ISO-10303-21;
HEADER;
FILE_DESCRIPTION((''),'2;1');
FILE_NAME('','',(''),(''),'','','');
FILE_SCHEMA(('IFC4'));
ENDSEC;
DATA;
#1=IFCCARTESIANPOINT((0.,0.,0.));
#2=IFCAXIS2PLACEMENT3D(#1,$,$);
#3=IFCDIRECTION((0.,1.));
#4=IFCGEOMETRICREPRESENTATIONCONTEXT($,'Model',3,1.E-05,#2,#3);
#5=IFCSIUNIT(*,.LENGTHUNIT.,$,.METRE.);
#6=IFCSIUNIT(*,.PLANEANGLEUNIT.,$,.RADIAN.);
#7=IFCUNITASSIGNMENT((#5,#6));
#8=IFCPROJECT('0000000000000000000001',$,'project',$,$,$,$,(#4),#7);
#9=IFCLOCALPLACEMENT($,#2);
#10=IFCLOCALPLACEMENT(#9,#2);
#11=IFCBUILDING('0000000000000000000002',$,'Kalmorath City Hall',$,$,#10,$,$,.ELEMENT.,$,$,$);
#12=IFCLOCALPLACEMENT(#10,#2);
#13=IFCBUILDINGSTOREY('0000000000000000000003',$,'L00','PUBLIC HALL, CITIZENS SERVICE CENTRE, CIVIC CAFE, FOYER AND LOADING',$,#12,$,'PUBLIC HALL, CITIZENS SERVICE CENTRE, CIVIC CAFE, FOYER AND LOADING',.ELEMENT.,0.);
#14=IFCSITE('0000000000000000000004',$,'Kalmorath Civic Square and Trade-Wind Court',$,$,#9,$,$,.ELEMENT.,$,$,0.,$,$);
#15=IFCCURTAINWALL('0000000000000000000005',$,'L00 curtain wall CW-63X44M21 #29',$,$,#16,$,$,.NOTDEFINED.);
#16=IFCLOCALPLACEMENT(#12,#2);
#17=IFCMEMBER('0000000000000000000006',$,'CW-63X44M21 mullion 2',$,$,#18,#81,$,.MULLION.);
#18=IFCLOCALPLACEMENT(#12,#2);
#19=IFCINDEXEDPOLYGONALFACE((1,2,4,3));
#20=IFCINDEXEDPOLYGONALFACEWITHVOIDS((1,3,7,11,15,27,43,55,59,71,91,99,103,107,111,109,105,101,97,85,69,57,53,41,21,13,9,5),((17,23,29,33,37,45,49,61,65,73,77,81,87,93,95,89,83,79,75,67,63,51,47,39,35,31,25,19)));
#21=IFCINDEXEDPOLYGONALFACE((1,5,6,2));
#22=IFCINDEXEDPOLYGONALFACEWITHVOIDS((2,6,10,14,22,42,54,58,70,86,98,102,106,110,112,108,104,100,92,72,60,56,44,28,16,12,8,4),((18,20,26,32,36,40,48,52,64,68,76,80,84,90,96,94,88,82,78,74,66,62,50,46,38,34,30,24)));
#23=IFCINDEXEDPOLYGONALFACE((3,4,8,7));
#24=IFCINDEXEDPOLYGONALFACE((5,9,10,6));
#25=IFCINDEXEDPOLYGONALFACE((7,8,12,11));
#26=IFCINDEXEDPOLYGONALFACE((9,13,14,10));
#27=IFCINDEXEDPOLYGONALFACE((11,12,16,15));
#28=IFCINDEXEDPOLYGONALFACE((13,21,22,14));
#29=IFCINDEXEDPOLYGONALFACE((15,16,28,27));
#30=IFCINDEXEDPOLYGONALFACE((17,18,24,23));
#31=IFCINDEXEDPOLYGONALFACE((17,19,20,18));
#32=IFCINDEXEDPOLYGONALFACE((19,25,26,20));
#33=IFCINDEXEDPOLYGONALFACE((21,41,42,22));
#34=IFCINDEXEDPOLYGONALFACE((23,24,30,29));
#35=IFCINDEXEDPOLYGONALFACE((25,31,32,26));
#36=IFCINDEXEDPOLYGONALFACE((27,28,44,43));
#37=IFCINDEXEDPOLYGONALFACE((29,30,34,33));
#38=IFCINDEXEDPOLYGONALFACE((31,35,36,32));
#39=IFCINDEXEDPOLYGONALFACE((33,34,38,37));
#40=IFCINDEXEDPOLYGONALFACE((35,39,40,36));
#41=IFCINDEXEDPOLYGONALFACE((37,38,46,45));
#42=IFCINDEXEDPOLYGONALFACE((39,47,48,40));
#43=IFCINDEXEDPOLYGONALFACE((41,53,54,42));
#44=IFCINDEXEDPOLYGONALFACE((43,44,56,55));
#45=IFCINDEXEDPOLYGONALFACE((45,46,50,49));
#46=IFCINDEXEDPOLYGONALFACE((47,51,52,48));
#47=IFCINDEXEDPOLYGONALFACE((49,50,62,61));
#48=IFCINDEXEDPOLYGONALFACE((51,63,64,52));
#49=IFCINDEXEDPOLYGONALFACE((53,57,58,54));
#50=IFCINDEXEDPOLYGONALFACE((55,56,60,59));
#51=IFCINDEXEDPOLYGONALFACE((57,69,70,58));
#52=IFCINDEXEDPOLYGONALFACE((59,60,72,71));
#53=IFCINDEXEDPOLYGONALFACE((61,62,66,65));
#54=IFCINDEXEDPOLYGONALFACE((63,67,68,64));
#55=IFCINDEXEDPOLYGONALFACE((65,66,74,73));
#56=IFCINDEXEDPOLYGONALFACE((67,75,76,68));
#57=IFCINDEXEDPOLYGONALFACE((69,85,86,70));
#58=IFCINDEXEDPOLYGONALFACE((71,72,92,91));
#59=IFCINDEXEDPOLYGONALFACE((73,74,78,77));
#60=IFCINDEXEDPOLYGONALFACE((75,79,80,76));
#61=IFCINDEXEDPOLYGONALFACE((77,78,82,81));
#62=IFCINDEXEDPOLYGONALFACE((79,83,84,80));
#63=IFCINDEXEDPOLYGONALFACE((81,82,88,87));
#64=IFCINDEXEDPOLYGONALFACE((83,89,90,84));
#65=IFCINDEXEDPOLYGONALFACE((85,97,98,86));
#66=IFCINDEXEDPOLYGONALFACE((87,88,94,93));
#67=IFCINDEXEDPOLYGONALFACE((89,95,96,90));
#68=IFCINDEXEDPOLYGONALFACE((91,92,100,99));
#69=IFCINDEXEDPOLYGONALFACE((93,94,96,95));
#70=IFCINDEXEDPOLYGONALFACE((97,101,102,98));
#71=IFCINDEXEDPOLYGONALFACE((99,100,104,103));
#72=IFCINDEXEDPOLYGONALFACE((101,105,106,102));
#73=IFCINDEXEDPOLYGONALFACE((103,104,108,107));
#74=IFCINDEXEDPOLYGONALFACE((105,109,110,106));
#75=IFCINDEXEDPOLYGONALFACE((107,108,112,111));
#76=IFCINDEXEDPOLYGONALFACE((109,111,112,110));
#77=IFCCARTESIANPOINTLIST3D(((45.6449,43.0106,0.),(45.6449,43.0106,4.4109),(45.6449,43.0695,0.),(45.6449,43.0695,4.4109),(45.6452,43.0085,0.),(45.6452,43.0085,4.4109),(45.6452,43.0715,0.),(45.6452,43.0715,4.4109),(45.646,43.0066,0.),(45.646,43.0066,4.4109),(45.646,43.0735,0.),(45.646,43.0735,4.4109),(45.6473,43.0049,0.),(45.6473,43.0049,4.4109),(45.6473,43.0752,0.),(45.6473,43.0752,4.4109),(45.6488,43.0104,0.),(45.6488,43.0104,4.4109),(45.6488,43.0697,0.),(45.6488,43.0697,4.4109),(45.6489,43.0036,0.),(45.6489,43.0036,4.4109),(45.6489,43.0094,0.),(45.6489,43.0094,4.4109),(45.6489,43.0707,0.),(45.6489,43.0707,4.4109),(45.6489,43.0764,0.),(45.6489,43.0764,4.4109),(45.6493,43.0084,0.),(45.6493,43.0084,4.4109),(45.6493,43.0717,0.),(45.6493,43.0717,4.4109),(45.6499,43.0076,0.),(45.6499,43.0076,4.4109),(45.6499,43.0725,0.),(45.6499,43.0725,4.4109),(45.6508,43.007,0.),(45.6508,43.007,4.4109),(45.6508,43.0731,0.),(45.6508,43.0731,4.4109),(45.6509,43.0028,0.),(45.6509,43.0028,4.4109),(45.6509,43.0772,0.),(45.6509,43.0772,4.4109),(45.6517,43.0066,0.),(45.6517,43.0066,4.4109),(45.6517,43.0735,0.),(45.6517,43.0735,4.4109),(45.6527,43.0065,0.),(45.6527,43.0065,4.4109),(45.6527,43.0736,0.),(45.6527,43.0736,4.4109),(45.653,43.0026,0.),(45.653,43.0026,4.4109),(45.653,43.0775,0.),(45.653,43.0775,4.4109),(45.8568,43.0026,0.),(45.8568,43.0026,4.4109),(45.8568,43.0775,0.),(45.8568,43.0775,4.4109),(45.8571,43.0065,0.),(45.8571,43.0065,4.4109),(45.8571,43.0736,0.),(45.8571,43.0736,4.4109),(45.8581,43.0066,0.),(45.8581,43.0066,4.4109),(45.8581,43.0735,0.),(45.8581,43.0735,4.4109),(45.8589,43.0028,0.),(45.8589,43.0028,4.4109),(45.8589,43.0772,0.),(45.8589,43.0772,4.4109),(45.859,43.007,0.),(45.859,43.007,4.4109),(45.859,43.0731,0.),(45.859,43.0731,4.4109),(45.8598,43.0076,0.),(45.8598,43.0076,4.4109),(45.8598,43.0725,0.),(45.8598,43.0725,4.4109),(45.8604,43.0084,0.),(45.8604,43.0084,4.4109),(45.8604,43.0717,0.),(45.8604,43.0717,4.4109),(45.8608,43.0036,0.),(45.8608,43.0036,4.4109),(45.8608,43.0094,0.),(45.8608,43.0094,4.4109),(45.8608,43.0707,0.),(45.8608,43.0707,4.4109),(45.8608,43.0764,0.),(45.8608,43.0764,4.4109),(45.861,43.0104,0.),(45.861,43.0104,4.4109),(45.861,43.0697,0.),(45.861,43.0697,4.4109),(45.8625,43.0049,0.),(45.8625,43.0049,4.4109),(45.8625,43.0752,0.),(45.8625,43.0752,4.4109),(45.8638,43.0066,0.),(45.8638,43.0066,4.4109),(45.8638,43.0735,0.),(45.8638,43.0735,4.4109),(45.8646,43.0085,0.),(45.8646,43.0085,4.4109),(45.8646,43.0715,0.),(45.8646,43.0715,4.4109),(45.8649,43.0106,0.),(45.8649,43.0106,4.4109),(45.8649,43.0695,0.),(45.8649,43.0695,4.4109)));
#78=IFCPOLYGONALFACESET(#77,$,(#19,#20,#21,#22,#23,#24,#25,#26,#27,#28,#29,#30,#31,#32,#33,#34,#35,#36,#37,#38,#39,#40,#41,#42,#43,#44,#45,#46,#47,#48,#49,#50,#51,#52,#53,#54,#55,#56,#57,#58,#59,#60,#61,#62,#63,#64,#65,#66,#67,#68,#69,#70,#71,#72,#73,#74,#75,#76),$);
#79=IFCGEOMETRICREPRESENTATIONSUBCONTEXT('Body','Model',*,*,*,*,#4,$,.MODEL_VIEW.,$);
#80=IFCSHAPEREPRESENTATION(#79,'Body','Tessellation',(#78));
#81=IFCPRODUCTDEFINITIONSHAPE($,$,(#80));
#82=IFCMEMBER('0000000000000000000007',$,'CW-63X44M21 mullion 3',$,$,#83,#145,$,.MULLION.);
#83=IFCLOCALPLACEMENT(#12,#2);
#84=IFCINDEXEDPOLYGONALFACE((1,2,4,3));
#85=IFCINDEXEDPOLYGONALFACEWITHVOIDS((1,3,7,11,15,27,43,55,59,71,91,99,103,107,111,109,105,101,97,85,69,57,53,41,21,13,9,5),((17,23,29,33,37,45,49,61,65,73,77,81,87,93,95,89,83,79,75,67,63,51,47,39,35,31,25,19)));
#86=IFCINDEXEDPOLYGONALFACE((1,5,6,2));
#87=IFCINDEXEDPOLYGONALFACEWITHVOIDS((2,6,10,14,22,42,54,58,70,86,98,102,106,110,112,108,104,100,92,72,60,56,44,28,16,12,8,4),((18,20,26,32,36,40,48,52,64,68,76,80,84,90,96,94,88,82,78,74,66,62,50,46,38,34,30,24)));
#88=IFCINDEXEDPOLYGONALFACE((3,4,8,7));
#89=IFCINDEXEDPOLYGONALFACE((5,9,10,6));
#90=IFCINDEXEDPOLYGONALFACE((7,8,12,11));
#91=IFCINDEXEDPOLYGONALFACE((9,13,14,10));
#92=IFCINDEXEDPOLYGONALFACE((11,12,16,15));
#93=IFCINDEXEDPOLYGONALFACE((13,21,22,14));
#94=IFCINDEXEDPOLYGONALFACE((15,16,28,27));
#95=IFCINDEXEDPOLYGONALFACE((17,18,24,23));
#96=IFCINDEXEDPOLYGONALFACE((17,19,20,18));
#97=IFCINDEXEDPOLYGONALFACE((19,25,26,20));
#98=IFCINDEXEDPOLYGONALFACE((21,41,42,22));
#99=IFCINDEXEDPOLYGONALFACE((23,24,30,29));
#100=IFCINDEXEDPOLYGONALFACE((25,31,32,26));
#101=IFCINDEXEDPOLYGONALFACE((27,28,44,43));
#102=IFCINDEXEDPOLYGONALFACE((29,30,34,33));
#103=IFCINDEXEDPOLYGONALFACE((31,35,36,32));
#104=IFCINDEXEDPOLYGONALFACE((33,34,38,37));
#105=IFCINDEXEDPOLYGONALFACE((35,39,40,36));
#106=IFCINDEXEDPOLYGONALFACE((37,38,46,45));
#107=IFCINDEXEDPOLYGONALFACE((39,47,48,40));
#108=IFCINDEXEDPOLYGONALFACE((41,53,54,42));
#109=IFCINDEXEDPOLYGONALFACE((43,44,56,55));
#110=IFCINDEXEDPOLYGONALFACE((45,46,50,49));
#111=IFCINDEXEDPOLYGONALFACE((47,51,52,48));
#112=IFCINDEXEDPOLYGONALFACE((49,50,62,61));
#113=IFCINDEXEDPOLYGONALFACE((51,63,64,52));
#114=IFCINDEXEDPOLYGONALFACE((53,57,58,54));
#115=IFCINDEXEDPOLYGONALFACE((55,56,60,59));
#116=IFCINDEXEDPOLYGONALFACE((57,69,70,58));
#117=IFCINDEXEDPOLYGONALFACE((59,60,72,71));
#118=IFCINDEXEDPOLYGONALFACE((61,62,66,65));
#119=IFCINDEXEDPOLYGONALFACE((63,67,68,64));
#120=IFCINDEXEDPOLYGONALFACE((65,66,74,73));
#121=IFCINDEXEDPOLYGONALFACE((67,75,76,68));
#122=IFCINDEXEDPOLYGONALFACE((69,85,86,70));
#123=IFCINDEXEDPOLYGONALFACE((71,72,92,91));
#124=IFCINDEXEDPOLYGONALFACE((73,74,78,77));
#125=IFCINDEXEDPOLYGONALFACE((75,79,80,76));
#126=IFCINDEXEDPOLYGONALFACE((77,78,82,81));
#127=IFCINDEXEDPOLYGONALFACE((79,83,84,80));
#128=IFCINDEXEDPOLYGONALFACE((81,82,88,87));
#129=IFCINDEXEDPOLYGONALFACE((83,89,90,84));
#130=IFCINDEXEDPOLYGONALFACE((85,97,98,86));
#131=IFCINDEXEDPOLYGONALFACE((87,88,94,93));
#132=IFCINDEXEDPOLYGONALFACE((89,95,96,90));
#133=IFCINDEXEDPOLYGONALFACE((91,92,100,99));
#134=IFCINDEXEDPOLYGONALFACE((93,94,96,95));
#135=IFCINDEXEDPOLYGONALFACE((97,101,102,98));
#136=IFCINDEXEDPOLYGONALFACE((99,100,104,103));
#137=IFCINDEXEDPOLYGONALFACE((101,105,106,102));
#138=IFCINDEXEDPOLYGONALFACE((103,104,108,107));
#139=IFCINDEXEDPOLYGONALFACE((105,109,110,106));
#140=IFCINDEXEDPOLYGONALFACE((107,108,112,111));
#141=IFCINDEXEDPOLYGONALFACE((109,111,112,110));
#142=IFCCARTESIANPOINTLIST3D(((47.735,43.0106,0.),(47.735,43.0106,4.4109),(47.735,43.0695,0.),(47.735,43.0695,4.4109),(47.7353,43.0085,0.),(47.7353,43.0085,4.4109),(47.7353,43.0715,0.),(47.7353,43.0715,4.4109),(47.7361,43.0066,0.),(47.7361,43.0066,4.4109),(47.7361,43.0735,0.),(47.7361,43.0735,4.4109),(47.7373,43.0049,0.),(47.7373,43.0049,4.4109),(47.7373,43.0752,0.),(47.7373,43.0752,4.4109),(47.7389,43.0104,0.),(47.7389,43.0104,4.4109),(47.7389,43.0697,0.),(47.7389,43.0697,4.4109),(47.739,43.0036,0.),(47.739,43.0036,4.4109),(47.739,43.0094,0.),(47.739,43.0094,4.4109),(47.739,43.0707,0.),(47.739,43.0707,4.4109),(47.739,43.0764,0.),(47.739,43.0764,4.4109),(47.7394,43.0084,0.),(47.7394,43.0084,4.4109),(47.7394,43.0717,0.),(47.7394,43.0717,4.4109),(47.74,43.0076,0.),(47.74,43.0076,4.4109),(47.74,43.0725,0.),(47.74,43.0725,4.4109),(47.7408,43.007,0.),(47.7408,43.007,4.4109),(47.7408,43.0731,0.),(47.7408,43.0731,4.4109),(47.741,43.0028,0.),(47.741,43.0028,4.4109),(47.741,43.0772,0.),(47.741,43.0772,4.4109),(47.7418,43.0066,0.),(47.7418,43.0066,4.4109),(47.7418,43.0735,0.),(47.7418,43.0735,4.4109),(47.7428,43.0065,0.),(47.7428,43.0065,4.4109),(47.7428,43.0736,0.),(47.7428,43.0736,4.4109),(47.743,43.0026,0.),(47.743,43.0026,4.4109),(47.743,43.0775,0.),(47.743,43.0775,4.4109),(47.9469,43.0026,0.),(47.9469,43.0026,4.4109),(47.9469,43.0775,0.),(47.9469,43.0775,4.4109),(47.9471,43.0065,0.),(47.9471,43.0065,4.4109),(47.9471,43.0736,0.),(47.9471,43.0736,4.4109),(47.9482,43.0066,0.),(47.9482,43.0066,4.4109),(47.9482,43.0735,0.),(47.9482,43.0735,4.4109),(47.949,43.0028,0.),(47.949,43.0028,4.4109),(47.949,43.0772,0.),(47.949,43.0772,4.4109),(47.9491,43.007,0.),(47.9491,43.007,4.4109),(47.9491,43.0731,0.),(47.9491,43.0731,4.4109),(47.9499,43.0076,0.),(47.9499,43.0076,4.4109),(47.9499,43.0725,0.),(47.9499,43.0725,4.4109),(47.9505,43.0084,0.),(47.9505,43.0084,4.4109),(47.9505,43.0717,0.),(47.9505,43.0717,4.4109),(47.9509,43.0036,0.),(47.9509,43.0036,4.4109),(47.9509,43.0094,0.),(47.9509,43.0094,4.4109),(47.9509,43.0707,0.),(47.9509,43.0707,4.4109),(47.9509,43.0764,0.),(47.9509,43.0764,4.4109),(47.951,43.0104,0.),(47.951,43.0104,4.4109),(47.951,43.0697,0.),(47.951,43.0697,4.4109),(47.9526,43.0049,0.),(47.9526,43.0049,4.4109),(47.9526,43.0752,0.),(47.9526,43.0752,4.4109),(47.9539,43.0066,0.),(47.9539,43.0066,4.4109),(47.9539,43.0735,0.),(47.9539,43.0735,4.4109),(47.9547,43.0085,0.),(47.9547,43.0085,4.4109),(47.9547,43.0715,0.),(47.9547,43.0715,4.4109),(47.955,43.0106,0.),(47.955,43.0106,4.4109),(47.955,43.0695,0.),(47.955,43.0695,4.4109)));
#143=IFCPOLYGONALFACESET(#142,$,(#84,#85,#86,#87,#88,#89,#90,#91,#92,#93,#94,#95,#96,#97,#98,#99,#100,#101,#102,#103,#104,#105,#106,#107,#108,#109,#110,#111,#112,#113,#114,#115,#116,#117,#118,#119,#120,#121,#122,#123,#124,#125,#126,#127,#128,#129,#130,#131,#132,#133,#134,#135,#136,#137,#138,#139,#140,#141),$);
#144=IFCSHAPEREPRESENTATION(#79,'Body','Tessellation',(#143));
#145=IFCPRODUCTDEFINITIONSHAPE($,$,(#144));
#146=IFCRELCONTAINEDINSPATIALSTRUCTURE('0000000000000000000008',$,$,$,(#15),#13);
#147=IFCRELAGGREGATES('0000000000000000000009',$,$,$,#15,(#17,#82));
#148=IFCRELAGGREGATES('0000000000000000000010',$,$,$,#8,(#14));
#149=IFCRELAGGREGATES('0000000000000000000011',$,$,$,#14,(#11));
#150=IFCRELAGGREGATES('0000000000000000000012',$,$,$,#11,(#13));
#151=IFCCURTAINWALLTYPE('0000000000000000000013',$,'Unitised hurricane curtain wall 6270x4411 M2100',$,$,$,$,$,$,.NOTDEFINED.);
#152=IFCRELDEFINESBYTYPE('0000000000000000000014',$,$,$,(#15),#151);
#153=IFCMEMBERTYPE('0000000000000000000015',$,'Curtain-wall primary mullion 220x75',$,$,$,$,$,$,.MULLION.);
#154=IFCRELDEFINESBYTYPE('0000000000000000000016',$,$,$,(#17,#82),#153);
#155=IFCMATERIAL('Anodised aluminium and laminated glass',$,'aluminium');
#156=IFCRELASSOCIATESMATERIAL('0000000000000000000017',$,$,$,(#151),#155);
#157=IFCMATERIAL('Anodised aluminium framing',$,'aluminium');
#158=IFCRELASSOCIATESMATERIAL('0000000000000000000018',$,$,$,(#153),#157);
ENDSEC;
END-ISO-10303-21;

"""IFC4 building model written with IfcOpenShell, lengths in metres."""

from ifc_helpers import new_model, si_unit, direction, frame, origin, origin_2d, place, context, subcontext, project, spatial, hollow_rectangle, extrude, material, material_profile, profile_set, type_object, element, aggregate, save


model = new_model("IFC4")

# Units and contexts
model_context = context("Model", 3, precision=1e-05, world=origin(), true_north=direction((0.0, 1.0)))
body_context = subcontext(model_context, "Body", "Model", "MODEL_VIEW")
ifc_project = project(units=[si_unit("LENGTHUNIT", "METRE"), si_unit("PLANEANGLEUNIT", "RADIAN")], contexts=[model_context])

# Site, building, storey
site_placement = place(None, origin())
site = spatial("IfcSite", under=ifc_project, at=site_placement, Name="Kalmorath Civic Square and Trade-Wind Court", CompositionType="ELEMENT", RefElevation=0.0)
building_placement = place(site_placement, origin())
building = spatial("IfcBuilding", under=site, at=building_placement, Name="Kalmorath City Hall", CompositionType="ELEMENT")
storey_placement = place(building_placement, origin())
storey = spatial("IfcBuildingStorey", under=building, at=storey_placement, Name="L00", Description="PUBLIC HALL, CITIZENS SERVICE CENTRE, CIVIC CAFE, FOYER AND LOADING", LongName="PUBLIC HALL, CITIZENS SERVICE CENTRE, CIVIC CAFE, FOYER AND LOADING", CompositionType="ELEMENT", Elevation=0.0)

# Curtain wall, members
ifc_material_1 = material(Name="Anodised aluminium and laminated glass", Category="aluminium")
curtain_wall_type_1 = type_object("IfcCurtainWallType", Name="Unitised hurricane curtain wall 6270x4411 M2100", PredefinedType="NOTDEFINED", material=ifc_material_1)
curtain_wall_1_placement = place(storey_placement, origin())
curtain_wall_1 = element("IfcCurtainWall", 1, at=curtain_wall_1_placement, inside=storey, type_object=curtain_wall_type_1, Name="L00 curtain wall CW-63X44M21 #29", PredefinedType="NOTDEFINED")
ifc_material_2 = material(Name="Anodised aluminium framing", Category="aluminium")
ifc_material_profile_1 = material_profile(ifc_material_2, hollow_rectangle(XDim=0.075, YDim=0.22, WallThickness=0.0039, InnerFilletRadius=0.0039, OuterFilletRadius=0.0081, at=origin_2d()), Name="ALU-MUL-220X75X4")
ifc_profile_set_1 = profile_set([ifc_material_profile_1], Name="Anodised aluminium framing")
member_type_1 = type_object("IfcMemberType", Name="Curtain-wall primary mullion 220x75", PredefinedType="MULLION", material=ifc_profile_set_1)
member_1_placement = place(storey_placement, frame((45.7549, 43.04, 0.0), z_axis=(0.0, 0.0, 1.0), x_axis=(0.0, 1.0, 0.0)))
member_1 = element("IfcMember", 2, at=member_1_placement, type_object=member_type_1, Name="CW-63X44M21 mullion 2", PredefinedType="MULLION", context=body_context, shape_type="SweptSolid", body=[
    extrude(hollow_rectangle(XDim=0.075, YDim=0.22, WallThickness=0.0039, InnerFilletRadius=0.0039, OuterFilletRadius=0.0081, at=origin_2d()), origin(), (0.0, 0.0, 1.0), 4.4109),
])
member_2_placement = place(storey_placement, frame((47.845, 43.04, 0.0), z_axis=(0.0, 0.0, 1.0), x_axis=(0.0, 1.0, 0.0)))
member_2 = element("IfcMember", 3, at=member_2_placement, type_object=member_type_1, Name="CW-63X44M21 mullion 3", PredefinedType="MULLION", context=body_context, shape_type="SweptSolid", body=[
    extrude(hollow_rectangle(XDim=0.075, YDim=0.22, WallThickness=0.0039, InnerFilletRadius=0.0039, OuterFilletRadius=0.0081, at=origin_2d()), origin(), (0.0, 0.0, 1.0), 4.4109),
])

aggregate(curtain_wall_1, [member_1, member_2])

save(model, "model.ifc")
